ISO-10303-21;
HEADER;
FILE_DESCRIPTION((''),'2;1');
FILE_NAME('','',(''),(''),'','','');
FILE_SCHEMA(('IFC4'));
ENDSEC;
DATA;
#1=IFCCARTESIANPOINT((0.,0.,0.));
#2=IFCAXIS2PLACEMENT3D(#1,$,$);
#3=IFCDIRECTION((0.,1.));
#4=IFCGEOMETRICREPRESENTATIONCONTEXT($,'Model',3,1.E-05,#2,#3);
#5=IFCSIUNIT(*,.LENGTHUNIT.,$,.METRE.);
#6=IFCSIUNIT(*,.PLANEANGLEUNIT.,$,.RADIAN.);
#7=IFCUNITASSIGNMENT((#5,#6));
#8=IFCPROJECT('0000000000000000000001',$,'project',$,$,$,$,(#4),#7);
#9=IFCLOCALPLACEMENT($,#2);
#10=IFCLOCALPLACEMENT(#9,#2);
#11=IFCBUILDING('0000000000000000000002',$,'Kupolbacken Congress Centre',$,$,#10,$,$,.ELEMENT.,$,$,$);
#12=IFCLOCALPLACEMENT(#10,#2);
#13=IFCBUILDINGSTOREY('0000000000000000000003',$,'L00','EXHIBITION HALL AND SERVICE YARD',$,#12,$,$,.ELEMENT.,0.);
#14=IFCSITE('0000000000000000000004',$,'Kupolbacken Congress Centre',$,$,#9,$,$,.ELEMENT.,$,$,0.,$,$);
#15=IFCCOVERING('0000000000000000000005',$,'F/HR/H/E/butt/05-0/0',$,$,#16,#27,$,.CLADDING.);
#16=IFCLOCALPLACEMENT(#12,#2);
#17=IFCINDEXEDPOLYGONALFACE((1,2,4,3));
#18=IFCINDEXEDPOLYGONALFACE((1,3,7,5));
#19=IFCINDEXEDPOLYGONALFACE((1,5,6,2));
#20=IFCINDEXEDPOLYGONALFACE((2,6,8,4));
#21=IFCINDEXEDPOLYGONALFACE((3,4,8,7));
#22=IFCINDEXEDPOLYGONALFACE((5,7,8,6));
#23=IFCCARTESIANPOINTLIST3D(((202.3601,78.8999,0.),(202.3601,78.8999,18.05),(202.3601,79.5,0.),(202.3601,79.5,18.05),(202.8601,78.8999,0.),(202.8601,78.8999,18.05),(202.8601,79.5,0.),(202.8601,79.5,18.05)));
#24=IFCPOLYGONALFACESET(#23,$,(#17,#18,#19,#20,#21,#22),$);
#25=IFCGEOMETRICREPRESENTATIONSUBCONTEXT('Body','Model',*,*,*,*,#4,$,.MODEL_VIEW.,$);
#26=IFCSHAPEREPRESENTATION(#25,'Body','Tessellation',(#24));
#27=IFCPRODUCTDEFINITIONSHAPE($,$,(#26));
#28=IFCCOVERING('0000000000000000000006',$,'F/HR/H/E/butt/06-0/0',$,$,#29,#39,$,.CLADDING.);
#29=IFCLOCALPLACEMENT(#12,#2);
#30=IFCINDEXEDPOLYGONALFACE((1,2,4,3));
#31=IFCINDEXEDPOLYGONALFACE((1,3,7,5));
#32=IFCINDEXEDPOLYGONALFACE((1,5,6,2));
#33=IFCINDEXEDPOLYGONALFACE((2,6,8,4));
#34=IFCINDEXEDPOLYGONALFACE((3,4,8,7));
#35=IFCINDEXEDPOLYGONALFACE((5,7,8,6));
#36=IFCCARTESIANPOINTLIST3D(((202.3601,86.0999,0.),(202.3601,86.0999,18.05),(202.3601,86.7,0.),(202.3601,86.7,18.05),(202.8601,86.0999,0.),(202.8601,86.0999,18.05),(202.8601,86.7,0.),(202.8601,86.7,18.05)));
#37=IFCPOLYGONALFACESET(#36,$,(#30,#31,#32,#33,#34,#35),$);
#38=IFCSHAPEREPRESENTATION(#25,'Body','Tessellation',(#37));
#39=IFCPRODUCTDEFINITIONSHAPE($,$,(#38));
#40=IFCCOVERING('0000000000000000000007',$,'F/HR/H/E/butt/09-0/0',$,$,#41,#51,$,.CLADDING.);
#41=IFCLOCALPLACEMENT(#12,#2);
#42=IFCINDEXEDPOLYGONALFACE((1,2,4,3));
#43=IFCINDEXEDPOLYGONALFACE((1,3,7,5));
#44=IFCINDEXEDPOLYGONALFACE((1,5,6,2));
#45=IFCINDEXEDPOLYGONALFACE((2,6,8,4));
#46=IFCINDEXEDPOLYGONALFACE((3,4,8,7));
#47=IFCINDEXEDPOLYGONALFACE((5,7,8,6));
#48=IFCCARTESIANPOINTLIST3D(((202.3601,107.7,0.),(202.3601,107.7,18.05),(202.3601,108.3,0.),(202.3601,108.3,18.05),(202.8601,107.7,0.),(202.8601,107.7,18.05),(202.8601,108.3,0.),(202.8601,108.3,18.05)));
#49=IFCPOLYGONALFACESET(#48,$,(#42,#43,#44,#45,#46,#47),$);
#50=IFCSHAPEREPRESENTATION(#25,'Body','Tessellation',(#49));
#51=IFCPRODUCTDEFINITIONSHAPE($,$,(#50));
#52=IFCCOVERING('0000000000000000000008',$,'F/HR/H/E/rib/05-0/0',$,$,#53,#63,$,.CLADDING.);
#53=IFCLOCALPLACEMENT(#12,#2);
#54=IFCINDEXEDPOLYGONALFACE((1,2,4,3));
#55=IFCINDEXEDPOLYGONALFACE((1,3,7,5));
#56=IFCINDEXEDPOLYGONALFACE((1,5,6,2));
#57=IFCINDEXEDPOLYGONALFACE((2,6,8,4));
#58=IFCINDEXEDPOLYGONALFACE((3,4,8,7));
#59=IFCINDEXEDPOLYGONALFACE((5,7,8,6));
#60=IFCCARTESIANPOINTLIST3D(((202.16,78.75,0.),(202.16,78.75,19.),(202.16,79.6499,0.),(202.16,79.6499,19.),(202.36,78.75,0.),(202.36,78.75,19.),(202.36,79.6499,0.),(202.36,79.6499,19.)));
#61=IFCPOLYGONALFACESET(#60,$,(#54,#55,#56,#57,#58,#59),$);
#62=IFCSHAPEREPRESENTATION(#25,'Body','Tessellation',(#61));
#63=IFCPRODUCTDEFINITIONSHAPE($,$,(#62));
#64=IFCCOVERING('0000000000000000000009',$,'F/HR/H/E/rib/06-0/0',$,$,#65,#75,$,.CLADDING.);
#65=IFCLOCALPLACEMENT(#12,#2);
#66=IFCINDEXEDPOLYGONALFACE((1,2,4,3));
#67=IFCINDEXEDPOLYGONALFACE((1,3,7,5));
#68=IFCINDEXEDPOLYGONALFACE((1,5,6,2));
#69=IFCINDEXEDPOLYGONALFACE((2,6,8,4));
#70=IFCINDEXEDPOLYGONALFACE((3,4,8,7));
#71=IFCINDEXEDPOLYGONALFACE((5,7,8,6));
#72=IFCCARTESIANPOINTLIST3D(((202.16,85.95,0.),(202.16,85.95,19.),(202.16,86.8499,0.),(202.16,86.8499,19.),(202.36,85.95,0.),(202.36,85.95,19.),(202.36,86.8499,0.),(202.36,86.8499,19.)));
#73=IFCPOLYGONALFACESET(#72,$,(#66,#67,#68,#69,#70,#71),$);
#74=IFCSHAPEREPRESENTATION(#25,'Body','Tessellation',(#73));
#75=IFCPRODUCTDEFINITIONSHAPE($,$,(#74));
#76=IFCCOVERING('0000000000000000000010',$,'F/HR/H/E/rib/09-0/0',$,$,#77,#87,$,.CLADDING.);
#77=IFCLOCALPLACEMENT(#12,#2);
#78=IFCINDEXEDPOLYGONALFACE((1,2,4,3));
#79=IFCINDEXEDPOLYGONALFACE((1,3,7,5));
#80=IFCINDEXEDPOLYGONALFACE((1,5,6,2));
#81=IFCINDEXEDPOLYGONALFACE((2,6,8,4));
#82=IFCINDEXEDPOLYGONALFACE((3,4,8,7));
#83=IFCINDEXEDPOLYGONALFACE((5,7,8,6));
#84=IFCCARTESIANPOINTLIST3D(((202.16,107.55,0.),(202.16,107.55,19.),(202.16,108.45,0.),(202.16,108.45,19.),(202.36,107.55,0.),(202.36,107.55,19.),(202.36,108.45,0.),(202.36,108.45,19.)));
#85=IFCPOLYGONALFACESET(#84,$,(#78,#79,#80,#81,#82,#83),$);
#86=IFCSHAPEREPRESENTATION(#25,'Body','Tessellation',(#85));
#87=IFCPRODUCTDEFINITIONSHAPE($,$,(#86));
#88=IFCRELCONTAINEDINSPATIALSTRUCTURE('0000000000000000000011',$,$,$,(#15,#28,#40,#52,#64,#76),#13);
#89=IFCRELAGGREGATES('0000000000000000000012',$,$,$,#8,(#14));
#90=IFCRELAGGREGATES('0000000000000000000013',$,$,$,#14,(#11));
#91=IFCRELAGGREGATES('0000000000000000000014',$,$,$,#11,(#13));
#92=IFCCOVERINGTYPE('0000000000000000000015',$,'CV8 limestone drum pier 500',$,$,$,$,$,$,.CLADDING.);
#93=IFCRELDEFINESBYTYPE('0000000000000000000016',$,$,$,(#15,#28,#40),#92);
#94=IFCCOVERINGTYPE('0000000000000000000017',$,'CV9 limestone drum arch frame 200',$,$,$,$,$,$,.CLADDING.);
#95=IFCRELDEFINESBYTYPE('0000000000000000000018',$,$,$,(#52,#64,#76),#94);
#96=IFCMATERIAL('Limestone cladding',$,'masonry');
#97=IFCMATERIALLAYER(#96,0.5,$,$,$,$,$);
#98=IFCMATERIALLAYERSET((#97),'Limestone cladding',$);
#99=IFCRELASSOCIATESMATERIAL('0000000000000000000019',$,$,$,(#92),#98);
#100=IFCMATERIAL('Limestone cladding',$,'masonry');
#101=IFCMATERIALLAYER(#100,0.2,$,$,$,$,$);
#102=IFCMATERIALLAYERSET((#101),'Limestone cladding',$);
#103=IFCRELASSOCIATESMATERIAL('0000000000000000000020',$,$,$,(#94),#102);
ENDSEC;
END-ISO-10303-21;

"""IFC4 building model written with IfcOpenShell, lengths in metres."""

from ifc_helpers import new_model, si_unit, direction, frame, origin, origin_2d, place, context, subcontext, project, spatial, rectangle, extrude, material, layer, layer_set, type_object, element, save


model = new_model("IFC4")

# Units and contexts
model_context = context("Model", 3, precision=1e-05, world=origin(), true_north=direction((0.0, 1.0)))
body_context = subcontext(model_context, "Body", "Model", "MODEL_VIEW")
ifc_project = project(units=[si_unit("LENGTHUNIT", "METRE"), si_unit("PLANEANGLEUNIT", "RADIAN")], contexts=[model_context])

# Site, building, storey
site_placement = place(None, origin())
site = spatial("IfcSite", under=ifc_project, at=site_placement, Name="Kupolbacken Congress Centre", CompositionType="ELEMENT", RefElevation=0.0)
building_placement = place(site_placement, origin())
building = spatial("IfcBuilding", under=site, at=building_placement, Name="Kupolbacken Congress Centre", CompositionType="ELEMENT")
storey_placement = place(building_placement, origin())
storey = spatial("IfcBuildingStorey", under=building, at=storey_placement, Name="L00", Description="EXHIBITION HALL AND SERVICE YARD", CompositionType="ELEMENT", Elevation=0.0)

# Coverings
ifc_material_1 = material(Name="Limestone cladding", Category="masonry")
ifc_layer_1 = layer(ifc_material_1, 0.5)
ifc_layer_set_1 = layer_set([ifc_layer_1], Name="Limestone cladding")
covering_type_1 = type_object("IfcCoveringType", Name="CV8 limestone drum pier 500", PredefinedType="CLADDING", material=ifc_layer_set_1)
for number, where, z_axis, x_axis, name in (
    (1, (202.6101, 79.2, 0.0), (0.0, 0.0, 1.0), (0.0, 1.0, 0.0), "F/HR/H/E/butt/05-0/0"),
    (2, (202.6101, 86.3999, 0.0), (0.0, 0.0, 1.0), (0.0, 1.0, 0.0), "F/HR/H/E/butt/06-0/0"),
    (3, (202.6101, 108.0, 0.0), (0.0, 0.0, 1.0), (0.0, 1.0, 0.0), "F/HR/H/E/butt/09-0/0"),
):
    element("IfcCovering", number, at=place(storey_placement, frame(where, z_axis=z_axis, x_axis=x_axis)), inside=storey, type_object=covering_type_1, Name=name, PredefinedType="CLADDING", context=body_context, shape_type="SweptSolid", body=[
        extrude(rectangle(XDim=0.6001, YDim=0.5, at=origin_2d()), origin(), (0.0, 0.0, 1.0), 18.05),
    ])
ifc_material_2 = material(Name="Limestone cladding", Category="masonry")
ifc_layer_2 = layer(ifc_material_2, 0.2)
ifc_layer_set_2 = layer_set([ifc_layer_2], Name="Limestone cladding")
covering_type_2 = type_object("IfcCoveringType", Name="CV9 limestone drum arch frame 200", PredefinedType="CLADDING", material=ifc_layer_set_2)
for number, where, z_axis, x_axis, name in (
    (4, (202.26, 79.2, 0.0), (0.0, 0.0, 1.0), (0.0, 1.0, 0.0), "F/HR/H/E/rib/05-0/0"),
    (5, (202.26, 86.3999, 0.0), (0.0, 0.0, 1.0), (0.0, 1.0, 0.0), "F/HR/H/E/rib/06-0/0"),
    (6, (202.26, 108.0, 0.0), (0.0, 0.0, 1.0), (0.0, 1.0, 0.0), "F/HR/H/E/rib/09-0/0"),
):
    element("IfcCovering", number, at=place(storey_placement, frame(where, z_axis=z_axis, x_axis=x_axis)), inside=storey, type_object=covering_type_2, Name=name, PredefinedType="CLADDING", context=body_context, shape_type="SweptSolid", body=[
        extrude(rectangle(XDim=0.8999, YDim=0.2, at=origin_2d()), origin(), (0.0, 0.0, 1.0), 19.0),
    ])

save(model, "model.ifc")
